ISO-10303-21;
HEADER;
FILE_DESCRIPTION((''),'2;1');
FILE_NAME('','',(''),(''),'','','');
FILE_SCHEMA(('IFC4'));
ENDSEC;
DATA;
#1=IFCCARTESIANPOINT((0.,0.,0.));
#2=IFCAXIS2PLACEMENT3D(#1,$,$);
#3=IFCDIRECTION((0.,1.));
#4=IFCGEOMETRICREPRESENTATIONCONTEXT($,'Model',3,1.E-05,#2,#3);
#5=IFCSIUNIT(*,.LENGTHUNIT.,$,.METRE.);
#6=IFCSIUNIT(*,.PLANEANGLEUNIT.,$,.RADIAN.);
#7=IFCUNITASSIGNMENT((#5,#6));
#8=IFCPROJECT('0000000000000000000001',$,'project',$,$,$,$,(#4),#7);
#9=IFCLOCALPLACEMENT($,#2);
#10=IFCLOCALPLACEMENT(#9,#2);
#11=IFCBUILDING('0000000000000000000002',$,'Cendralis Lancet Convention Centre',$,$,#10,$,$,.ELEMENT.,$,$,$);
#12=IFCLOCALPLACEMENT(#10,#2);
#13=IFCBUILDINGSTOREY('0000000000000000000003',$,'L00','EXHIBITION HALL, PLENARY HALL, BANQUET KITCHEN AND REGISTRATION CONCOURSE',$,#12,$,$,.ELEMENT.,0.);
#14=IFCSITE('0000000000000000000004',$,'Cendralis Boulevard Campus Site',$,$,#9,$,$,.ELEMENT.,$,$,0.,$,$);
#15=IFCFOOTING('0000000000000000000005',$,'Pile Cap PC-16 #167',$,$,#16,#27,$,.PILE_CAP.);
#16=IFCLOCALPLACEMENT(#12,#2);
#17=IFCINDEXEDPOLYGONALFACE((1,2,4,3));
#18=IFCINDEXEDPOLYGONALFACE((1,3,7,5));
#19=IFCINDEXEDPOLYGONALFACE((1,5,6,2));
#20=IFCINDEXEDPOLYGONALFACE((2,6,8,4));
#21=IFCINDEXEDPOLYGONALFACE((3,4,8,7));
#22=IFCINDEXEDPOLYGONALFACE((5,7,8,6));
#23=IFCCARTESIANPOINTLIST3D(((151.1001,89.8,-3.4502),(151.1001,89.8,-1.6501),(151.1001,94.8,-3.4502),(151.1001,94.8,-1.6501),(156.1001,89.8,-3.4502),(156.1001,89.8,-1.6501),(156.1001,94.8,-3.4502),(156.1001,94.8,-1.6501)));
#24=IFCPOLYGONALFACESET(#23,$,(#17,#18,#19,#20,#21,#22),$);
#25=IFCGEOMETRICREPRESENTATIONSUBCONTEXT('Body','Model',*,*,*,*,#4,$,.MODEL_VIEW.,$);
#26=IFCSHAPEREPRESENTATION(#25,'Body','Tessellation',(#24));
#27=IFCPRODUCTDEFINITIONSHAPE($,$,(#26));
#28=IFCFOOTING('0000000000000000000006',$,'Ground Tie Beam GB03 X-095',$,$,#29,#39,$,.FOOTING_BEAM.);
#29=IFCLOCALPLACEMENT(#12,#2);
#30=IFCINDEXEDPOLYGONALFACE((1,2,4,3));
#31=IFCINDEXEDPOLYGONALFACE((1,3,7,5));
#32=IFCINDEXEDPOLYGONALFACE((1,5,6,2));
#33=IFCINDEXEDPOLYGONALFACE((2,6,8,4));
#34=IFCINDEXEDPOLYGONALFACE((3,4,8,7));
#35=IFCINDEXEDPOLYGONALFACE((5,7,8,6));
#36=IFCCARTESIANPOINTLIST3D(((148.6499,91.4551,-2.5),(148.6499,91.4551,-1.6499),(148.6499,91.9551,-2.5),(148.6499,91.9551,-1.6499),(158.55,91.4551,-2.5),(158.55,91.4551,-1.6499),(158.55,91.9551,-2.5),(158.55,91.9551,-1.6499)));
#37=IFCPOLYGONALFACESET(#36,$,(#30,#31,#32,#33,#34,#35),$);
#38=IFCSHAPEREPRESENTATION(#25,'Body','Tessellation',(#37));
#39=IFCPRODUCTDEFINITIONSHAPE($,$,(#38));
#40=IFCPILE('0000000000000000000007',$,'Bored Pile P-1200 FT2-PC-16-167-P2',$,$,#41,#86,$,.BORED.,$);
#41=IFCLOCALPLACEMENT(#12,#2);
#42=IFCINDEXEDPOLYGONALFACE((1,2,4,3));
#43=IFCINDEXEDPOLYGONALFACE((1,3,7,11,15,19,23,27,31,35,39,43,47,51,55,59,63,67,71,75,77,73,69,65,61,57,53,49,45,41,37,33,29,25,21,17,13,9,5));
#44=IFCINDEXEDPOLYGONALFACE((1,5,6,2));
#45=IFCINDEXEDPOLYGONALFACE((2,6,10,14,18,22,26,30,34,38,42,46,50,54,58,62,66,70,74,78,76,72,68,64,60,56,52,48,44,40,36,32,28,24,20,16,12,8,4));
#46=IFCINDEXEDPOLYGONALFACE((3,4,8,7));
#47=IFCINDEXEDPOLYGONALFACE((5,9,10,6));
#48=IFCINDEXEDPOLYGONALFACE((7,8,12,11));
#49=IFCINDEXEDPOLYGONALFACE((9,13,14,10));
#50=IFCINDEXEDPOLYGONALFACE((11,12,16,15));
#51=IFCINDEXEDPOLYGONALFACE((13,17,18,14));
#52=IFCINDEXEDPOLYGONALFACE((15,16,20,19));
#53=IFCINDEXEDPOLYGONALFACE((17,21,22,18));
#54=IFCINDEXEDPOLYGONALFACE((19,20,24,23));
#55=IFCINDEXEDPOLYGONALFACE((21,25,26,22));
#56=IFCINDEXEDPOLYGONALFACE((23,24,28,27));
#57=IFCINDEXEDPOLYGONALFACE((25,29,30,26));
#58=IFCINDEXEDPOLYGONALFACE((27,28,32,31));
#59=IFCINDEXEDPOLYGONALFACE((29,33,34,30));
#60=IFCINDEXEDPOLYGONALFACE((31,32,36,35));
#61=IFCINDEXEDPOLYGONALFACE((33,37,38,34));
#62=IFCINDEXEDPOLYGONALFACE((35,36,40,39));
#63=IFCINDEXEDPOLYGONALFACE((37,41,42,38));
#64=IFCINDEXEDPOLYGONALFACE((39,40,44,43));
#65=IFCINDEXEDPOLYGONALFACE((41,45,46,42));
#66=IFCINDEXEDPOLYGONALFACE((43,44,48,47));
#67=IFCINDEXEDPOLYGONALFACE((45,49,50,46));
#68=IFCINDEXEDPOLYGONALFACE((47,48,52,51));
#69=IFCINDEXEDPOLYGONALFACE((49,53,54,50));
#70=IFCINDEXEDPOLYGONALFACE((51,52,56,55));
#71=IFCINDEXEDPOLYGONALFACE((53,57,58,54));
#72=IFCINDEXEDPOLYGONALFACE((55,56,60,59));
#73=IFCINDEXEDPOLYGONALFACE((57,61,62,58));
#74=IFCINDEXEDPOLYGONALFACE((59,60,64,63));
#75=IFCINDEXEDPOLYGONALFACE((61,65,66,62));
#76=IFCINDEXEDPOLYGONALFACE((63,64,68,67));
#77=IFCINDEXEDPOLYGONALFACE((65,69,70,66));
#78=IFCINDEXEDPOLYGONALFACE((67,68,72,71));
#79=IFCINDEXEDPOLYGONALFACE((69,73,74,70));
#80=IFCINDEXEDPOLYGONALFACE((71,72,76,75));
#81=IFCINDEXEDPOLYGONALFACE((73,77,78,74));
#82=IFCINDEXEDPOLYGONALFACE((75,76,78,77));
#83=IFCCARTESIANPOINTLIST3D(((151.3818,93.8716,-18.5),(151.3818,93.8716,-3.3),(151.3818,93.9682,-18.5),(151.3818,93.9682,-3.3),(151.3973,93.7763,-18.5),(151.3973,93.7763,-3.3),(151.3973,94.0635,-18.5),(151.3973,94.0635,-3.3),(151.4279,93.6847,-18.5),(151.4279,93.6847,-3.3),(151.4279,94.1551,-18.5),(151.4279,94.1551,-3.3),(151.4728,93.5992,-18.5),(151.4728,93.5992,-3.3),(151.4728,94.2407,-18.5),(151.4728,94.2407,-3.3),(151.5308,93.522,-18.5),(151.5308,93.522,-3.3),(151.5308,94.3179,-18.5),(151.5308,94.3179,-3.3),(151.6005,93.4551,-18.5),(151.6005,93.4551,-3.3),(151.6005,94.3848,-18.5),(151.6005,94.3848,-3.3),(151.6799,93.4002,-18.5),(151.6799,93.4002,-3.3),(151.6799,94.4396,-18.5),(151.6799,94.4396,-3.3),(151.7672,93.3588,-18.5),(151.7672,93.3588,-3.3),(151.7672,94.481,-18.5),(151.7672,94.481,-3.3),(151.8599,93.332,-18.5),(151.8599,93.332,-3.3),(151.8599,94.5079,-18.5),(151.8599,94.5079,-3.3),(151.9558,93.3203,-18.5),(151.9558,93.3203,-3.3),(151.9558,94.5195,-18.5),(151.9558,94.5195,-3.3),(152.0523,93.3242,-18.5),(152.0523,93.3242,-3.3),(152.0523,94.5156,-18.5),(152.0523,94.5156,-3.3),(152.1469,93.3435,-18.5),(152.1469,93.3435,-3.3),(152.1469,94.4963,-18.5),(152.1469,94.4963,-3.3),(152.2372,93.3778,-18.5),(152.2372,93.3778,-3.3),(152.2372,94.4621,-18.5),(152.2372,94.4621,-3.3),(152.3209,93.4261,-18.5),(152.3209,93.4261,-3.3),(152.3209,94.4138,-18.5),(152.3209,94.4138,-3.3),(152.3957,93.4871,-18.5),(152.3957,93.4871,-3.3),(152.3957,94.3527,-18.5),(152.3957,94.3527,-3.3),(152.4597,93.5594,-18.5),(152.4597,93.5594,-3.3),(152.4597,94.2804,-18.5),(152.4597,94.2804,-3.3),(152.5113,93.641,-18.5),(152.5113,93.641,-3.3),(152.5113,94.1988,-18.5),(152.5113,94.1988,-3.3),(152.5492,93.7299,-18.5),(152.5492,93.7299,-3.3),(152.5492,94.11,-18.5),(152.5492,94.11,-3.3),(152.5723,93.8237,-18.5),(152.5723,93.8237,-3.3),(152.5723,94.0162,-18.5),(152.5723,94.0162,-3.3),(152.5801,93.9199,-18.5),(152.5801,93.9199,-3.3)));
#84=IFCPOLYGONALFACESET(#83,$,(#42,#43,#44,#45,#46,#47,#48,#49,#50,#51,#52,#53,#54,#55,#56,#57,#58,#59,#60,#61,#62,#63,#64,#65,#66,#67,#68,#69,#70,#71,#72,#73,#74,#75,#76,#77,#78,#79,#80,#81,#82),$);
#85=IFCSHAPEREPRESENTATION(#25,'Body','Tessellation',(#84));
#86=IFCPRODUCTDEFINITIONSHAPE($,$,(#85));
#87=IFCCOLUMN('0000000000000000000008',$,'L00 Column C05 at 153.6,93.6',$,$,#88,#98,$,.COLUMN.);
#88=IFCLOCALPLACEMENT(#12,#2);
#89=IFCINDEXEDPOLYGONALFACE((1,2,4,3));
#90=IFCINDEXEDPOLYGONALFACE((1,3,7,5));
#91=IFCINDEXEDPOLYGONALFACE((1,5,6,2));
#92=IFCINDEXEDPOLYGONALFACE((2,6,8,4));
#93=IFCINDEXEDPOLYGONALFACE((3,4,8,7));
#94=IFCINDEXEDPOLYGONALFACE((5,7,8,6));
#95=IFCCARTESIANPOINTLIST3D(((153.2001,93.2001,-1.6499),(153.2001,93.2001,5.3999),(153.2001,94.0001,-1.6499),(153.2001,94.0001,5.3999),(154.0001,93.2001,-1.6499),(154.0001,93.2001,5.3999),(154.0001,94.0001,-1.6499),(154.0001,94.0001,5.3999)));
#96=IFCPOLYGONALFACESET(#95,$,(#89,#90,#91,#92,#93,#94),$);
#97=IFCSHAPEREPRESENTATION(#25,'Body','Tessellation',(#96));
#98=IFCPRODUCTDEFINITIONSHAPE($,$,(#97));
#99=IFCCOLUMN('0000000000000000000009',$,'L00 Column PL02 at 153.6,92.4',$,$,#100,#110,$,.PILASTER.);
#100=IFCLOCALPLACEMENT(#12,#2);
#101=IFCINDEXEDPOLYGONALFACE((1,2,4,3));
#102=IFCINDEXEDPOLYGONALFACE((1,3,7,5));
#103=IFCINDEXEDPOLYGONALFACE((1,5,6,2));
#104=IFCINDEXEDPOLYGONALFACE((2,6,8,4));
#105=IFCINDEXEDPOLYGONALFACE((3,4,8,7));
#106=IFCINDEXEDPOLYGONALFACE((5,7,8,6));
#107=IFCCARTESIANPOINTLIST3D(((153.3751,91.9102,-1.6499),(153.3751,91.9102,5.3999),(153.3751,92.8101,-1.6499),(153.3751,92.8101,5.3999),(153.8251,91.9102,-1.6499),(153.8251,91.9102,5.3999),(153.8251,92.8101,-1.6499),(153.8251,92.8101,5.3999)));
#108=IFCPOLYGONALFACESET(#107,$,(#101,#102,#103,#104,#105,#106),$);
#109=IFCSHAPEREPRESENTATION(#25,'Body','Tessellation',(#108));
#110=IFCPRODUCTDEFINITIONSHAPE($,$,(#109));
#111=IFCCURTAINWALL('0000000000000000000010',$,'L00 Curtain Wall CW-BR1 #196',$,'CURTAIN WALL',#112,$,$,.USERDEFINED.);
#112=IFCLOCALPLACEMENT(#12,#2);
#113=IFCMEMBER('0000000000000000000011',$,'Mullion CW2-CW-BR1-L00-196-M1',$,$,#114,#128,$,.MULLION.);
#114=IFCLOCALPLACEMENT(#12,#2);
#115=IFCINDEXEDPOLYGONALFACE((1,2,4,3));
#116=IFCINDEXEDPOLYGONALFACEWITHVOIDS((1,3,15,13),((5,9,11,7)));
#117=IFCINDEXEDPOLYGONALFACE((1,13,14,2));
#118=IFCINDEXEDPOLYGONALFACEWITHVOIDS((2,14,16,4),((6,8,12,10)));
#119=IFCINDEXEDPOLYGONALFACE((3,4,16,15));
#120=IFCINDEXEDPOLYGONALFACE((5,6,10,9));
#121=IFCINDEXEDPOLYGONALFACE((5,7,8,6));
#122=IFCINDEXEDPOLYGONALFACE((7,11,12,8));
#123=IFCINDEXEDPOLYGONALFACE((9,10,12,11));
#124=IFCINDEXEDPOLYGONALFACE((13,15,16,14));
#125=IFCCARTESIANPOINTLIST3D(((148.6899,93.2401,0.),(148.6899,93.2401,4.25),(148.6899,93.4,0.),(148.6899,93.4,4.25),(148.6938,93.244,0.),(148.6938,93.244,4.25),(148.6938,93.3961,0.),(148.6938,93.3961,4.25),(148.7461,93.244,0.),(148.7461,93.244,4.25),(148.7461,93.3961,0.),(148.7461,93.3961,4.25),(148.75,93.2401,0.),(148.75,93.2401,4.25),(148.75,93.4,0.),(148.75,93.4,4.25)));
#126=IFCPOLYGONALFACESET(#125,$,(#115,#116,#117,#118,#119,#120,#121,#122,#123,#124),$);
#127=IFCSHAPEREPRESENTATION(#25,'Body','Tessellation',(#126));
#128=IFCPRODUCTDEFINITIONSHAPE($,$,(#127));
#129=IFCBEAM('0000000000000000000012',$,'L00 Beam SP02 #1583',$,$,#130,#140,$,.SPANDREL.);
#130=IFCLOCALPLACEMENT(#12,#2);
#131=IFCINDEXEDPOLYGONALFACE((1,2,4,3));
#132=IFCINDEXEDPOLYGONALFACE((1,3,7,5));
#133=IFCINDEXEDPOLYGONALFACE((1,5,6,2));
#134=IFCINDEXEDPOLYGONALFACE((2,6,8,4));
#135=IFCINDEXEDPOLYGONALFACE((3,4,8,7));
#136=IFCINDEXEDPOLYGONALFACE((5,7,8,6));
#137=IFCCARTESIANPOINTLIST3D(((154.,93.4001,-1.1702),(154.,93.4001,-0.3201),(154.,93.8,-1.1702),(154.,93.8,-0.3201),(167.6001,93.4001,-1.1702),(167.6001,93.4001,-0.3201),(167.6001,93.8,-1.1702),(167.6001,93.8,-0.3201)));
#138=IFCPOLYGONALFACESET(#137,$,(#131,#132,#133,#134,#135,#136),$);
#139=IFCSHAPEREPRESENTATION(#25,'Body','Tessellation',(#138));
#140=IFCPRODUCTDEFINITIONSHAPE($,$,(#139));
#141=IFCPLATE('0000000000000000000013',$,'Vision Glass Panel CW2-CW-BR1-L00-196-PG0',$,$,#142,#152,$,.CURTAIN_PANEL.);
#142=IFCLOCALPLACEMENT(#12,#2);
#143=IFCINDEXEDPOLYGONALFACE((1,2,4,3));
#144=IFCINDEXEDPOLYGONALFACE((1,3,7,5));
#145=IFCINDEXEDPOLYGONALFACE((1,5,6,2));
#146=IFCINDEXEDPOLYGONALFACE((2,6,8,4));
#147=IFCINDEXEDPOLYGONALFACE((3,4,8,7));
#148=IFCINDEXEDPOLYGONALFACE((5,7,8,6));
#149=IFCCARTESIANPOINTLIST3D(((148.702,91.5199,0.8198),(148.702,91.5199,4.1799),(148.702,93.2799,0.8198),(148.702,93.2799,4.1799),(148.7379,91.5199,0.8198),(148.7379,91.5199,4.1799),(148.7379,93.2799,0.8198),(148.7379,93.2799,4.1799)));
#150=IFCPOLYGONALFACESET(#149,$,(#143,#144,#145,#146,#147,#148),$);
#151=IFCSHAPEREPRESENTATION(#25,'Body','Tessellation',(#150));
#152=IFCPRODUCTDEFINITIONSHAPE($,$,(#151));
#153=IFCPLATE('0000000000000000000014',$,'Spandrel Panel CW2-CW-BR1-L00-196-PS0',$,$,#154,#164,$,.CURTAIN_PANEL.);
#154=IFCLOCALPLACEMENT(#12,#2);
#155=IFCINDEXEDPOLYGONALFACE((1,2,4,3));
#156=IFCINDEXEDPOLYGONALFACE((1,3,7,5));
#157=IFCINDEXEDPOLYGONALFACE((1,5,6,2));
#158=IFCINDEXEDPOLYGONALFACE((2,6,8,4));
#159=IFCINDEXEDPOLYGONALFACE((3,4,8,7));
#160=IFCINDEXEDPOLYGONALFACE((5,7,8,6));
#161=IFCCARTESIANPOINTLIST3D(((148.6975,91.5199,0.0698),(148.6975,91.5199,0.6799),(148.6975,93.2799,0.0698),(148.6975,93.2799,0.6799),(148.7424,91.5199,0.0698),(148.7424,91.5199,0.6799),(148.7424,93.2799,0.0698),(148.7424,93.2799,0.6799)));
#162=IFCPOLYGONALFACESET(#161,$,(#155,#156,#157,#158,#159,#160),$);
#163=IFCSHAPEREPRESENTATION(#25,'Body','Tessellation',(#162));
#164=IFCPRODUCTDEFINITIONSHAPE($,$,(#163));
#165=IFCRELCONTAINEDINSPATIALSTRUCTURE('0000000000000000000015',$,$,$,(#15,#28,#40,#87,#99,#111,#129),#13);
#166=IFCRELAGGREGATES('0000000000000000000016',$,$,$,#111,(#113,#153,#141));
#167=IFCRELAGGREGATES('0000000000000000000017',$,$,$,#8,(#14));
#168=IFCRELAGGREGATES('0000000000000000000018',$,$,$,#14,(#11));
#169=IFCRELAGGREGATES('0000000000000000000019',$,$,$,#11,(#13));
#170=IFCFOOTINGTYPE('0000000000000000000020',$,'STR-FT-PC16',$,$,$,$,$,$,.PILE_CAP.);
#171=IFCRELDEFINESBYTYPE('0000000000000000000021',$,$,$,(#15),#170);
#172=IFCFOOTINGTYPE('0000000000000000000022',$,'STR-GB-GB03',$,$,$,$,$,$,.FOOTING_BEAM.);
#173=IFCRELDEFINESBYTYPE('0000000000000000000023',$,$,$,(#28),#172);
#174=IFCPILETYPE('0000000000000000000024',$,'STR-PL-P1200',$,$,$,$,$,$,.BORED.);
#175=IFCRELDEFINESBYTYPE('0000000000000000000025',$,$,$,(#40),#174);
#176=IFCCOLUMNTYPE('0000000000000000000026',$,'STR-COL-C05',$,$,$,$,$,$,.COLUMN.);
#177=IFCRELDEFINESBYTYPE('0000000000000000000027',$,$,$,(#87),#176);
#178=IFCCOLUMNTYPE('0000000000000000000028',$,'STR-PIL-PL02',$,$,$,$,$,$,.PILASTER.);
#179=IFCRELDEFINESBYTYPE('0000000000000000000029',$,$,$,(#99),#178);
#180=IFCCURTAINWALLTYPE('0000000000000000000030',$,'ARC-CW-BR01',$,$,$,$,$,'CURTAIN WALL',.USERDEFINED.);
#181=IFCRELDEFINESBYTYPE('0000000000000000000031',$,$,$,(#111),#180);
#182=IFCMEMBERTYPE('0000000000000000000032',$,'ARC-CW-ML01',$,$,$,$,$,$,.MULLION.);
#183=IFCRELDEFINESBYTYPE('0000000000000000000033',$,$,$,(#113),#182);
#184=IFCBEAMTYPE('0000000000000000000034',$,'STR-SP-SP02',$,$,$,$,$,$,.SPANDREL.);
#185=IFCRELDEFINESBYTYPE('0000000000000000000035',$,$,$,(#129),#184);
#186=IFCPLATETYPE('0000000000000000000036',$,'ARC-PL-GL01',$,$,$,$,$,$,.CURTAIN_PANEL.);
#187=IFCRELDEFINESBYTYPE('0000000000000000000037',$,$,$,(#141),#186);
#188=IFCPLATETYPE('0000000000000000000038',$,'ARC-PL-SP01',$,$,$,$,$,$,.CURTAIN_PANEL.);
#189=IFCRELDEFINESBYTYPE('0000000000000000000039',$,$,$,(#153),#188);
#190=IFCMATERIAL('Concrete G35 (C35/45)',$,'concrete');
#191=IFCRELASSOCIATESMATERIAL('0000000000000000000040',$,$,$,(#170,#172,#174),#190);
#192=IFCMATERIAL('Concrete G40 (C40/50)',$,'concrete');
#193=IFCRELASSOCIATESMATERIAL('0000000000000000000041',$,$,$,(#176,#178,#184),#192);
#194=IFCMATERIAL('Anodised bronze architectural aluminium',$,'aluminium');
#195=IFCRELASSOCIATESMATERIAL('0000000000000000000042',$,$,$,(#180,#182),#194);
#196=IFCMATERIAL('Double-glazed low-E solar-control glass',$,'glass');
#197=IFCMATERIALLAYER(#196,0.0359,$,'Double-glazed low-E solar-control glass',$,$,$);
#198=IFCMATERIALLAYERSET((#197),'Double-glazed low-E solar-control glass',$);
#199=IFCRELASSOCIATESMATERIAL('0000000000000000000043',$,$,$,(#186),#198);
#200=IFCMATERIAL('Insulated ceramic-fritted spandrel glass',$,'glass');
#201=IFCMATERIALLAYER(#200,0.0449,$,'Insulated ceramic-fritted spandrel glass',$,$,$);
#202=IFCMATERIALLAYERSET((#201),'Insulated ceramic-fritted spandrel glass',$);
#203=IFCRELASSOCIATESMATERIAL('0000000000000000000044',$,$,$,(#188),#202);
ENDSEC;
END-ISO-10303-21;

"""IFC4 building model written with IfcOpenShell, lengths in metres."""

from ifc_helpers import new_model, si_unit, direction, frame, origin, origin_2d, place, context, subcontext, project, spatial, rectangle, hollow_rectangle, circle, extrude, material, layer, layer_set, material_profile, profile_set, type_object, element, aggregate, save


model = new_model("IFC4")

# Units and contexts
model_context = context("Model", 3, precision=1e-05, world=origin(), true_north=direction((0.0, 1.0)))
body_context = subcontext(model_context, "Body", "Model", "MODEL_VIEW")
ifc_project = project(units=[si_unit("LENGTHUNIT", "METRE"), si_unit("PLANEANGLEUNIT", "RADIAN")], contexts=[model_context])

# Site, building, storey
site_placement = place(None, origin())
site = spatial("IfcSite", under=ifc_project, at=site_placement, Name="Cendralis Boulevard Campus Site", CompositionType="ELEMENT", RefElevation=0.0)
building_placement = place(site_placement, origin())
building = spatial("IfcBuilding", under=site, at=building_placement, Name="Cendralis Lancet Convention Centre", CompositionType="ELEMENT")
storey_placement = place(building_placement, origin())
storey = spatial("IfcBuildingStorey", under=building, at=storey_placement, Name="L00", Description="EXHIBITION HALL, PLENARY HALL, BANQUET KITCHEN AND REGISTRATION CONCOURSE", CompositionType="ELEMENT", Elevation=0.0)

# Footings
ifc_material_1 = material(Name="Concrete G35 (C35/45)", Category="concrete")
footing_type_1 = type_object("IfcFootingType", Name="STR-FT-PC16", PredefinedType="PILE_CAP", material=ifc_material_1)
footing_1_placement = place(storey_placement, frame((153.6001, 92.3, -3.4502), z_axis=(0.0, 0.0, 1.0), x_axis=(1.0, 0.0, 0.0)))
element("IfcFooting", 1, at=footing_1_placement, inside=storey, type_object=footing_type_1, Name="Pile Cap PC-16 #167", PredefinedType="PILE_CAP", context=body_context, shape_type="SweptSolid", body=[
    extrude(rectangle(XDim=5.0, YDim=5.0, at=origin_2d()), origin(), (0.0, 0.0, 1.0), 1.8),
])
ifc_material_profile_1 = material_profile(ifc_material_1, rectangle(XDim=0.5, YDim=0.8501, at=origin_2d()), Name="RCB 500x850")
ifc_profile_set_1 = profile_set([ifc_material_profile_1], Name="Concrete G35 (C35/45)")
footing_type_2 = type_object("IfcFootingType", Name="STR-GB-GB03", PredefinedType="FOOTING_BEAM", material=ifc_profile_set_1)
footing_2_placement = place(storey_placement, frame((148.6499, 91.7051, -2.075), z_axis=(1.0, 0.0, 0.0), x_axis=(0.0, 1.0, 0.0)))
element("IfcFooting", 2, at=footing_2_placement, inside=storey, type_object=footing_type_2, Name="Ground Tie Beam GB03 X-095", PredefinedType="FOOTING_BEAM", context=body_context, shape_type="SweptSolid", body=[
    extrude(rectangle(XDim=0.5, YDim=0.8501, at=origin_2d()), origin(), (0.0, 0.0, 1.0), 9.9001),
])

# Pile
ifc_material_profile_2 = material_profile(ifc_material_1, circle(Radius=0.6001, at=origin_2d()), Name="BORED PILE D1200")
ifc_profile_set_2 = profile_set([ifc_material_profile_2], Name="Concrete G35 (C35/45)")
pile_type = type_object("IfcPileType", Name="STR-PL-P1200", PredefinedType="BORED", material=ifc_profile_set_2)
pile_placement = place(storey_placement, frame((151.98, 93.9199, -3.3), z_axis=(0.0, 0.0, -1.0), x_axis=(1.0, 0.0, 0.0)))
element("IfcPile", 3, at=pile_placement, inside=storey, type_object=pile_type, Name="Bored Pile P-1200 FT2-PC-16-167-P2", PredefinedType="BORED", context=body_context, shape_type="SweptSolid", body=[
    extrude(circle(Radius=0.6001, at=origin_2d()), origin(), (0.0, 0.0, 1.0), 15.2),
])

# Columns
ifc_material_2 = material(Name="Concrete G40 (C40/50)", Category="concrete")
ifc_material_profile_3 = material_profile(ifc_material_2, rectangle(XDim=0.8, YDim=0.8, at=origin_2d()), Name="RC 800x800")
ifc_profile_set_3 = profile_set([ifc_material_profile_3], Name="Concrete G40 (C40/50)")
column_type_1 = type_object("IfcColumnType", Name="STR-COL-C05", PredefinedType="COLUMN", material=ifc_profile_set_3)
column_1_placement = place(storey_placement, frame((153.6001, 93.6001, -1.6499), z_axis=(0.0, 0.0, 1.0), x_axis=(1.0, 0.0, 0.0)))
element("IfcColumn", 4, at=column_1_placement, inside=storey, type_object=column_type_1, Name="L00 Column C05 at 153.6,93.6", PredefinedType="COLUMN", context=body_context, shape_type="SweptSolid", body=[
    extrude(rectangle(XDim=0.8, YDim=0.8, at=origin_2d()), origin(), (0.0, 0.0, 1.0), 7.0498),
])
ifc_material_profile_4 = material_profile(ifc_material_2, rectangle(XDim=0.45, YDim=0.8999, at=origin_2d()), Name="RC 450x900")
ifc_profile_set_4 = profile_set([ifc_material_profile_4], Name="Concrete G40 (C40/50)")
column_type_2 = type_object("IfcColumnType", Name="STR-PIL-PL02", PredefinedType="PILASTER", material=ifc_profile_set_4)
column_2_placement = place(storey_placement, frame((153.6001, 92.3601, -1.6499), z_axis=(0.0, 0.0, 1.0), x_axis=(1.0, 0.0, 0.0)))
element("IfcColumn", 5, at=column_2_placement, inside=storey, type_object=column_type_2, Name="L00 Column PL02 at 153.6,92.4", PredefinedType="PILASTER", context=body_context, shape_type="SweptSolid", body=[
    extrude(rectangle(XDim=0.45, YDim=0.8999, at=origin_2d()), origin(), (0.0, 0.0, 1.0), 7.0498),
])

# Curtain wall, member
ifc_material_3 = material(Name="Anodised bronze architectural aluminium", Category="aluminium")
curtain_wall_type = type_object("IfcCurtainWallType", Name="ARC-CW-BR01", ElementType="CURTAIN WALL", PredefinedType="USERDEFINED", material=ifc_material_3)
curtain_wall_placement = place(storey_placement, origin())
curtain_wall = element("IfcCurtainWall", 6, at=curtain_wall_placement, inside=storey, type_object=curtain_wall_type, Name="L00 Curtain Wall CW-BR1 #196", ObjectType="CURTAIN WALL", PredefinedType="USERDEFINED")
ifc_material_profile_5 = material_profile(ifc_material_3, hollow_rectangle(XDim=0.0601, YDim=0.1599, WallThickness=0.0039, at=origin_2d()), Name="AL-MULL 60x160x4.0")
ifc_profile_set_5 = profile_set([ifc_material_profile_5], Name="Anodised bronze architectural aluminium")
member_type = type_object("IfcMemberType", Name="ARC-CW-ML01", PredefinedType="MULLION", material=ifc_profile_set_5)
member_placement = place(storey_placement, frame((148.72, 93.3201, 0.0), z_axis=(0.0, 0.0, 1.0), x_axis=(1.0, 0.0, 0.0)))
member = element("IfcMember", 7, at=member_placement, type_object=member_type, Name="Mullion CW2-CW-BR1-L00-196-M1", PredefinedType="MULLION", context=body_context, shape_type="SweptSolid", body=[
    extrude(hollow_rectangle(XDim=0.0601, YDim=0.1599, WallThickness=0.0039, at=origin_2d()), origin(), (0.0, 0.0, 1.0), 4.25),
])

# Beam
ifc_material_profile_6 = material_profile(ifc_material_2, rectangle(XDim=0.3999, YDim=0.8501, at=origin_2d()), Name="RCB 400x850")
ifc_profile_set_6 = profile_set([ifc_material_profile_6], Name="Concrete G40 (C40/50)")
beam_type = type_object("IfcBeamType", Name="STR-SP-SP02", PredefinedType="SPANDREL", material=ifc_profile_set_6)
beam_placement = place(storey_placement, frame((154.0, 93.6001, -0.7451), z_axis=(1.0, 0.0, 0.0), x_axis=(0.0, 1.0, 0.0)))
element("IfcBeam", 8, at=beam_placement, inside=storey, type_object=beam_type, Name="L00 Beam SP02 #1583", PredefinedType="SPANDREL", context=body_context, shape_type="SweptSolid", body=[
    extrude(rectangle(XDim=0.3999, YDim=0.8501, at=origin_2d()), origin(), (0.0, 0.0, 1.0), 13.6001),
])

# Plates
ifc_material_4 = material(Name="Double-glazed low-E solar-control glass", Category="glass")
ifc_layer_1 = layer(ifc_material_4, 0.0359, Name="Double-glazed low-E solar-control glass")
ifc_layer_set_1 = layer_set([ifc_layer_1], Name="Double-glazed low-E solar-control glass")
plate_type_1 = type_object("IfcPlateType", Name="ARC-PL-GL01", PredefinedType="CURTAIN_PANEL", material=ifc_layer_set_1)
plate_1_placement = place(storey_placement, frame((148.72, 92.3999, 0.8198), z_axis=(0.0, 0.0, 1.0), x_axis=(0.0, 1.0, 0.0)))
plate_1 = element("IfcPlate", 9, at=plate_1_placement, type_object=plate_type_1, Name="Vision Glass Panel CW2-CW-BR1-L00-196-PG0", PredefinedType="CURTAIN_PANEL", context=body_context, shape_type="SweptSolid", body=[
    extrude(rectangle(XDim=1.76, YDim=0.0359, at=origin_2d()), origin(), (0.0, 0.0, 1.0), 3.3601),
])
ifc_material_5 = material(Name="Insulated ceramic-fritted spandrel glass", Category="glass")
ifc_layer_2 = layer(ifc_material_5, 0.0449, Name="Insulated ceramic-fritted spandrel glass")
ifc_layer_set_2 = layer_set([ifc_layer_2], Name="Insulated ceramic-fritted spandrel glass")
plate_type_2 = type_object("IfcPlateType", Name="ARC-PL-SP01", PredefinedType="CURTAIN_PANEL", material=ifc_layer_set_2)
plate_2_placement = place(storey_placement, frame((148.72, 92.3999, 0.0698), z_axis=(0.0, 0.0, 1.0), x_axis=(0.0, 1.0, 0.0)))
plate_2 = element("IfcPlate", 10, at=plate_2_placement, type_object=plate_type_2, Name="Spandrel Panel CW2-CW-BR1-L00-196-PS0", PredefinedType="CURTAIN_PANEL", context=body_context, shape_type="SweptSolid", body=[
    extrude(rectangle(XDim=1.76, YDim=0.0449, at=origin_2d()), origin(), (0.0, 0.0, 1.0), 0.6101),
])
aggregate(curtain_wall, [member, plate_2, plate_1])

save(model, "model.ifc")
